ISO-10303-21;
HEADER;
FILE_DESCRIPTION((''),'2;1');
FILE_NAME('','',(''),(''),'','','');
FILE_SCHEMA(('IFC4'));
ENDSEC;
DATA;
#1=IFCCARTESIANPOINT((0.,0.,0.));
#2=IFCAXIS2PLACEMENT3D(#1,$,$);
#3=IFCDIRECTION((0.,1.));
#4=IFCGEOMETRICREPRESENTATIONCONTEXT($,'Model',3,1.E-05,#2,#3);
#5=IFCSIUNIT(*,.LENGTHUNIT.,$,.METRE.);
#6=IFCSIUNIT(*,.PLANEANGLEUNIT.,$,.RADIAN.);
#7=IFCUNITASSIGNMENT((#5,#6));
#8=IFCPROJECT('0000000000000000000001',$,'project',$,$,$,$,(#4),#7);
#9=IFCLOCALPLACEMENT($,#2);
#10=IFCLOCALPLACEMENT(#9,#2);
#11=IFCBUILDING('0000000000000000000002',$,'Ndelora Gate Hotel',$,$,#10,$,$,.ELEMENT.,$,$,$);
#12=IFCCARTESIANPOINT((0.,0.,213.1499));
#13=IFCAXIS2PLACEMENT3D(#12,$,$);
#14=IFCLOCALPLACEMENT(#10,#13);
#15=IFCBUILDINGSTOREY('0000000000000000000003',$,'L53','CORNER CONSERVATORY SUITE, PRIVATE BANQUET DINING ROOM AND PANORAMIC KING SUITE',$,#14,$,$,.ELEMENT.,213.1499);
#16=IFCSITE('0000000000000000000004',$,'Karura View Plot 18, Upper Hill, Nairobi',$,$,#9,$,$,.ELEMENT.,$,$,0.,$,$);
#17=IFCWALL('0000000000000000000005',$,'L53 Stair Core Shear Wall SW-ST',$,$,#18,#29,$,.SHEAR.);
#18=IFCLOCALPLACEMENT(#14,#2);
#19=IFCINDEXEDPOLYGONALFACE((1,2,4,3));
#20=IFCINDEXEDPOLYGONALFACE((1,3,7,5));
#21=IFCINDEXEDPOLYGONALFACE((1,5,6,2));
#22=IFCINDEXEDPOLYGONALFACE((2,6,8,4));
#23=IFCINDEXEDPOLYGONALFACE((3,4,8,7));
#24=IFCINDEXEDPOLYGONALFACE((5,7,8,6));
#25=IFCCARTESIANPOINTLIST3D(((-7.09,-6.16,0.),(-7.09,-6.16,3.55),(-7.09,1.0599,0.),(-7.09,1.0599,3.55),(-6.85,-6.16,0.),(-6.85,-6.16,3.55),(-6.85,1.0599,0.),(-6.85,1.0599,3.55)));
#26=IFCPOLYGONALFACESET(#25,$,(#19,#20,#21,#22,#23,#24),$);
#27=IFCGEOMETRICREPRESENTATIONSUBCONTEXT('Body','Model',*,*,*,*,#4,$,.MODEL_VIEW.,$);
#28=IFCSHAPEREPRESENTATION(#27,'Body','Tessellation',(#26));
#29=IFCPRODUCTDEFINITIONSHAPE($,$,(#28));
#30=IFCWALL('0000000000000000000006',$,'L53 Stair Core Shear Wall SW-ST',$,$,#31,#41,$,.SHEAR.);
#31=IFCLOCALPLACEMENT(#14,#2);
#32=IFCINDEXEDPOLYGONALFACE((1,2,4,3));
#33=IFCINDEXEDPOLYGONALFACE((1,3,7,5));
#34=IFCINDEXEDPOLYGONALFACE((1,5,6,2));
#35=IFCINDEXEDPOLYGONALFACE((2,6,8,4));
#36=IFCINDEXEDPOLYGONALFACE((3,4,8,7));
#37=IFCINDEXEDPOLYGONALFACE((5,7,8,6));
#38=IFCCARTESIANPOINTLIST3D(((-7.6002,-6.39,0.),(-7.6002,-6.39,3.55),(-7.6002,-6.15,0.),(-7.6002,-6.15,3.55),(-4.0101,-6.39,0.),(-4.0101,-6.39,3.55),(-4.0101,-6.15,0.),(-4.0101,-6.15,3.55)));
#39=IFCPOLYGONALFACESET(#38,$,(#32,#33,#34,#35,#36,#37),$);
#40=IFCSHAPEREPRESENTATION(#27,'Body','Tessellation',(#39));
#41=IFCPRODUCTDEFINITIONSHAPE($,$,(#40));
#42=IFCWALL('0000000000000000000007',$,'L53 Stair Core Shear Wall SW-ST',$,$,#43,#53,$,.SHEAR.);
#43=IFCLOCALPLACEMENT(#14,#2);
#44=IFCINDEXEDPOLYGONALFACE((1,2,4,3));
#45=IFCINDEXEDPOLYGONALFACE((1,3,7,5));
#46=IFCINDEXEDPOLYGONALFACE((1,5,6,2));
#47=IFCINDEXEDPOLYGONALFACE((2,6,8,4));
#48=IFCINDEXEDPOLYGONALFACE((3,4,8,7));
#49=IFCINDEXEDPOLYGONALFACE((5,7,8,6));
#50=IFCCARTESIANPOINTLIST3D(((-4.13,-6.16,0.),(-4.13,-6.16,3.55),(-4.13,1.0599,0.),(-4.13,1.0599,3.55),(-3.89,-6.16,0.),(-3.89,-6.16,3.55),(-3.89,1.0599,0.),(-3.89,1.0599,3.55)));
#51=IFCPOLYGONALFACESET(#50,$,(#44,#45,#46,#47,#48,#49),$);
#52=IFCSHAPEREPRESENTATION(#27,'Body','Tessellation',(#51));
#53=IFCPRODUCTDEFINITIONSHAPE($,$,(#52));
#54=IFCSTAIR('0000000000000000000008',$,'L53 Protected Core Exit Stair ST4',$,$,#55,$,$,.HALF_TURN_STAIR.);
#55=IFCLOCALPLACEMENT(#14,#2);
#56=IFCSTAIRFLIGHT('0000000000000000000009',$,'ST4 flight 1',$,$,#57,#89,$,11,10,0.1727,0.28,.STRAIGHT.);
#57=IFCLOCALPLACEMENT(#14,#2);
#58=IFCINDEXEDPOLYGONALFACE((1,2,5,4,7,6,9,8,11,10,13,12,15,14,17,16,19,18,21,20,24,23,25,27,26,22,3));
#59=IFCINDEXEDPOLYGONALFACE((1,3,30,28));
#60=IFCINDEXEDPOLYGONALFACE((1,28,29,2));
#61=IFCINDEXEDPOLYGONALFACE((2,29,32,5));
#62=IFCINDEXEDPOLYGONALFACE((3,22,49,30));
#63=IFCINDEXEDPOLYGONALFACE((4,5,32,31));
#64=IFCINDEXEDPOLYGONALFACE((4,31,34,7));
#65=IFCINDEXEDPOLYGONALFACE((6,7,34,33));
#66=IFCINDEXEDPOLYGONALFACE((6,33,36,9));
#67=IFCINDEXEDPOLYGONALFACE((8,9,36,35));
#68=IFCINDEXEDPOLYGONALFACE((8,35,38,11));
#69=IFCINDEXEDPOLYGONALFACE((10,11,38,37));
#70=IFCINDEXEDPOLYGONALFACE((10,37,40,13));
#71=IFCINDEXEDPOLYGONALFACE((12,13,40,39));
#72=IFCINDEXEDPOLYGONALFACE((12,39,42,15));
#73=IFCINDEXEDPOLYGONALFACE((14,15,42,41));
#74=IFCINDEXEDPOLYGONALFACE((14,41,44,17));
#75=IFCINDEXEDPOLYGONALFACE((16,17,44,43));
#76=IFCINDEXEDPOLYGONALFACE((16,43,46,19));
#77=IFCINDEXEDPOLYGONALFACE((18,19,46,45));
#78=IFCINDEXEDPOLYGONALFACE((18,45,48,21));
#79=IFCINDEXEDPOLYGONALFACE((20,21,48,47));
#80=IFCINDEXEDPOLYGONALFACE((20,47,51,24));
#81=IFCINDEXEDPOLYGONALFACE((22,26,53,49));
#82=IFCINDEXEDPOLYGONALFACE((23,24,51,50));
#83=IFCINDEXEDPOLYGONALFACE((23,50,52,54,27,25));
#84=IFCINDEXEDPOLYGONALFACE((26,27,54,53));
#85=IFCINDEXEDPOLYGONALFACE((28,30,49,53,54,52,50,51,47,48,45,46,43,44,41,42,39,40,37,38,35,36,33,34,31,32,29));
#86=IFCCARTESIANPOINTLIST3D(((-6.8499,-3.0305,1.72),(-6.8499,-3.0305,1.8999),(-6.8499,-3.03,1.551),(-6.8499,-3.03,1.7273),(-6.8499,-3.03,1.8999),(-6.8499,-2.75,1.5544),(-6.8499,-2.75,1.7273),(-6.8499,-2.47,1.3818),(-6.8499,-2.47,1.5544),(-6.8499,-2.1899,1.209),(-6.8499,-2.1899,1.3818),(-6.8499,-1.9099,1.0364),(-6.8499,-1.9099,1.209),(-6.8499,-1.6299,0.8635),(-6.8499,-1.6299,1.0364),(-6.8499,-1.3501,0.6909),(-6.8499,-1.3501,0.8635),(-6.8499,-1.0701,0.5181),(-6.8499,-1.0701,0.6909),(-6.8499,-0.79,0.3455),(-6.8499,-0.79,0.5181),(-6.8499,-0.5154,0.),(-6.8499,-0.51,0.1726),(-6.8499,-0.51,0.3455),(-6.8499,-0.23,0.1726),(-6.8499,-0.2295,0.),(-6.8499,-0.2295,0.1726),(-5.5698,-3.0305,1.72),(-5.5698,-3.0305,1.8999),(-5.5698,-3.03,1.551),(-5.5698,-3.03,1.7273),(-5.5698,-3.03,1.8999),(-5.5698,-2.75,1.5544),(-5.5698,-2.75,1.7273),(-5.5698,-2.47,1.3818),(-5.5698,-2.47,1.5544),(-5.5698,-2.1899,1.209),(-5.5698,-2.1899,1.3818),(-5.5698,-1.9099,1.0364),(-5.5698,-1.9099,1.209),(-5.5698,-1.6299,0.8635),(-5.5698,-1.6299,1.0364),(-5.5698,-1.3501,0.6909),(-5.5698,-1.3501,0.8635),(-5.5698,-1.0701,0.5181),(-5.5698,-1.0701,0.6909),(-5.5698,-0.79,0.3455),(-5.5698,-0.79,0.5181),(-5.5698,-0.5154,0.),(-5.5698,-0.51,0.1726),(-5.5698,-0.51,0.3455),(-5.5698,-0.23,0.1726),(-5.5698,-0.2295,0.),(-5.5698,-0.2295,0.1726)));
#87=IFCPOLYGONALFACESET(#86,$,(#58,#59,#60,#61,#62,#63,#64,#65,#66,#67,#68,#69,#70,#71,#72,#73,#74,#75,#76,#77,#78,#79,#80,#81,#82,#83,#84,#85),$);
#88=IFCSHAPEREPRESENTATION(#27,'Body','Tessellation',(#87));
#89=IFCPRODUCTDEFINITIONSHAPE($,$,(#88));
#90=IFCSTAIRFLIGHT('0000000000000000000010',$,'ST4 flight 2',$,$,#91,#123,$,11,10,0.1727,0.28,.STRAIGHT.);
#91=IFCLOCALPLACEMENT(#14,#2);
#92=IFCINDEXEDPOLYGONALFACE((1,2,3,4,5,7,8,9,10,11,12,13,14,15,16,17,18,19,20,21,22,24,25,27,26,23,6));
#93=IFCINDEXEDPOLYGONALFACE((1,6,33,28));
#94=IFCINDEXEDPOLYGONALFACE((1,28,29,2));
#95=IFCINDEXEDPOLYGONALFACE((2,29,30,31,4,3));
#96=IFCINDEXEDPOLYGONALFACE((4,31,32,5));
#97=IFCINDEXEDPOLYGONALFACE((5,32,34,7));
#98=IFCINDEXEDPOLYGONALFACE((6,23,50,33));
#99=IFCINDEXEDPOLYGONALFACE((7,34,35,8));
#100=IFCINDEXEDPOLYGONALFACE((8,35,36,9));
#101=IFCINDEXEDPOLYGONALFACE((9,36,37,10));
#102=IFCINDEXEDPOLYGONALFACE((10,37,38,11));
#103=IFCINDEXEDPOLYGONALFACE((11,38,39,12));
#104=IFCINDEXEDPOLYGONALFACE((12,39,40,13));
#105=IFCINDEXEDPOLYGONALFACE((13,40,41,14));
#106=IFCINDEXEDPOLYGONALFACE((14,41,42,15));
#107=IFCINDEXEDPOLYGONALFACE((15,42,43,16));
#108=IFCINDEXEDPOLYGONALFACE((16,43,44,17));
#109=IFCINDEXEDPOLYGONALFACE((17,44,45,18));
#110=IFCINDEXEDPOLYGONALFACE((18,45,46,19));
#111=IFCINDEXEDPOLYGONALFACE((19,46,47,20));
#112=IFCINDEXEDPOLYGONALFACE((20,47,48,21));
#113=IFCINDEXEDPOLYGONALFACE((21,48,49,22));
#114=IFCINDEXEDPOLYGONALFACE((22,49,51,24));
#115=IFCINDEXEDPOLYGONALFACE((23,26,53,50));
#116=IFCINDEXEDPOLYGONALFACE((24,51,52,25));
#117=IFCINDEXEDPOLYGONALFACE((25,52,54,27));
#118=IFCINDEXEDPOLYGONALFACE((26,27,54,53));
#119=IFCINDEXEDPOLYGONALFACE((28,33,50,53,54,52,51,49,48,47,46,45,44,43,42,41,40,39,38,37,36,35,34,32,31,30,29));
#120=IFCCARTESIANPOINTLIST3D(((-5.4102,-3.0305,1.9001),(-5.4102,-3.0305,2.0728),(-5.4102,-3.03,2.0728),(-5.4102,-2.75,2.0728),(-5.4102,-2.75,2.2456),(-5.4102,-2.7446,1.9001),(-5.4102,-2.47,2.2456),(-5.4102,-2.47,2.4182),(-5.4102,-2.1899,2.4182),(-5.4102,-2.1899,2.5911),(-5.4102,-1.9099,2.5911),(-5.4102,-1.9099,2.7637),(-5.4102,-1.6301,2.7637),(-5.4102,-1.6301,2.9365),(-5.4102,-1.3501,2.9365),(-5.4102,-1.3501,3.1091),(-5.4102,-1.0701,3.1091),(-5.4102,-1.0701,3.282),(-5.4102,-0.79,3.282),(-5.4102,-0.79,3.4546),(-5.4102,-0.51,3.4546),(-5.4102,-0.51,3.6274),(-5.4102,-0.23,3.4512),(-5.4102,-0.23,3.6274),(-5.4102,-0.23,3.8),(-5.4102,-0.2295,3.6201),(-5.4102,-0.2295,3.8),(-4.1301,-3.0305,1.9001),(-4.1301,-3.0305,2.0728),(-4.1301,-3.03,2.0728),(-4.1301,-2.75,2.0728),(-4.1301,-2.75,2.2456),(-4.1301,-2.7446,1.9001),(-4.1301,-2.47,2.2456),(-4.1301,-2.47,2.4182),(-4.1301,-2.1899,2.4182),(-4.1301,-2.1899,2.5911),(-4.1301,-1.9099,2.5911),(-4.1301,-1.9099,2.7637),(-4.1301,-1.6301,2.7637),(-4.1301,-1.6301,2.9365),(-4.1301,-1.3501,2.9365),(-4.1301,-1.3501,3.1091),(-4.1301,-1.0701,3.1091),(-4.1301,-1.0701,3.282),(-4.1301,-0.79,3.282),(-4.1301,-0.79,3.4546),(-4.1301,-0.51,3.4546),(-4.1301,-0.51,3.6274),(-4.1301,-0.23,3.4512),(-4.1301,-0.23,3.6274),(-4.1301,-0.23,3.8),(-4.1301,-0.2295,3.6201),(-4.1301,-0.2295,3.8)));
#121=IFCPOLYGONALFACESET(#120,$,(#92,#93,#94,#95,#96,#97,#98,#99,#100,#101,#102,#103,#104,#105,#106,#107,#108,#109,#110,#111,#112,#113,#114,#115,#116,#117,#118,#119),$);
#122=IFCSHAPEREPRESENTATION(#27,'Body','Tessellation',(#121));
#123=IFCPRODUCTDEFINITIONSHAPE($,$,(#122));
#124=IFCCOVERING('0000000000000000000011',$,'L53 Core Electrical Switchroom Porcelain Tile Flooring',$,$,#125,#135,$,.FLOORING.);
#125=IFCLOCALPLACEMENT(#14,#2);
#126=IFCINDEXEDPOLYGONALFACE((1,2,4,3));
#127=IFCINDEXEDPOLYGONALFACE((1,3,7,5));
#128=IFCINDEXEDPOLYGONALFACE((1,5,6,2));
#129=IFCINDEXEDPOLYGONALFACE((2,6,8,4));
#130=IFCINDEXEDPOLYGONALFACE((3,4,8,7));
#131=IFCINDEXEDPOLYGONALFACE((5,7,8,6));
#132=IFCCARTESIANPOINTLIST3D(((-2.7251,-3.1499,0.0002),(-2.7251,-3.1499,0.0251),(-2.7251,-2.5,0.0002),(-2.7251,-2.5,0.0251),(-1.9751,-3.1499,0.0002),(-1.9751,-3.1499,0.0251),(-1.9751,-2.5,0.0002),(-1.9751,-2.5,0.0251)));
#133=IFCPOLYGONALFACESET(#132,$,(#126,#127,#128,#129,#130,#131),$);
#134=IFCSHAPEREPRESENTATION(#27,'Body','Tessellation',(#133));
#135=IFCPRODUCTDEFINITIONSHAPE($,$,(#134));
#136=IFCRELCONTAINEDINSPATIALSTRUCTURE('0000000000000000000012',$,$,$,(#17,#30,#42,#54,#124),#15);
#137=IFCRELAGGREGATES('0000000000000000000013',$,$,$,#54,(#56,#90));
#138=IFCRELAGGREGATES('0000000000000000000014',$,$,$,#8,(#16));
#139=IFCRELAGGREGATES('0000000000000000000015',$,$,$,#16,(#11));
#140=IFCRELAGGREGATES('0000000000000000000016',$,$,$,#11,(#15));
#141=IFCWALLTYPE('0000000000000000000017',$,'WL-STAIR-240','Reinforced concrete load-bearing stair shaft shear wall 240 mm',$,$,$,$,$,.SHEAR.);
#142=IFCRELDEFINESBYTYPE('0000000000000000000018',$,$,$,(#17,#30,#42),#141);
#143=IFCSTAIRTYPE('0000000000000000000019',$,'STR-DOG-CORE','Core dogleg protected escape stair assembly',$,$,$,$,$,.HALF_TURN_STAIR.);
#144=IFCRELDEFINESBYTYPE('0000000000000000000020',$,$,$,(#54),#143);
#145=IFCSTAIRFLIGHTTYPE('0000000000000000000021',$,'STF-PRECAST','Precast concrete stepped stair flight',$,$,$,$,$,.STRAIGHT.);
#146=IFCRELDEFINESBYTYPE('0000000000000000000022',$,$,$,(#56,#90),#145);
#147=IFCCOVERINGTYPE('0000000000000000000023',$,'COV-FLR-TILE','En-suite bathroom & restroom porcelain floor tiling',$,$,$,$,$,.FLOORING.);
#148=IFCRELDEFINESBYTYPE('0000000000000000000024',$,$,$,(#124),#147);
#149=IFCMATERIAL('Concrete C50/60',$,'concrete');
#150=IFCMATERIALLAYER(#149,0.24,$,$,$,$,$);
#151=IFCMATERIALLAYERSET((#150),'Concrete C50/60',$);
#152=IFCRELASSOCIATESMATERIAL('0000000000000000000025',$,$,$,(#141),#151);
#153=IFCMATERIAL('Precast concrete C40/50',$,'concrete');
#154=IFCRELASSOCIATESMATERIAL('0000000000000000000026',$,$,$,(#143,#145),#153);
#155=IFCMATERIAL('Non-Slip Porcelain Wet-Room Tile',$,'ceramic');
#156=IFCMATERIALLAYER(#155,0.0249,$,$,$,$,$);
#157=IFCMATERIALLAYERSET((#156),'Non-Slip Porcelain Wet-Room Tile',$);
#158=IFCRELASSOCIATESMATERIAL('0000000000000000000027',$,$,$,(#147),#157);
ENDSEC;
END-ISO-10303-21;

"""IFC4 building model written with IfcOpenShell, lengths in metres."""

from ifc_helpers import new_model, si_unit, direction, frame, frame_2d, origin, origin_2d, place, context, subcontext, project, spatial, polyline, rectangle, outline, extrude, material, layer, layer_set, type_object, element, aggregate, save


model = new_model("IFC4")

# Units and contexts
model_context = context("Model", 3, precision=1e-05, world=origin(), true_north=direction((0.0, 1.0)))
body_context = subcontext(model_context, "Body", "Model", "MODEL_VIEW")
ifc_project = project(units=[si_unit("LENGTHUNIT", "METRE"), si_unit("PLANEANGLEUNIT", "RADIAN")], contexts=[model_context])

# Site, building, storey
site_placement = place(None, origin())
site = spatial("IfcSite", under=ifc_project, at=site_placement, Name="Karura View Plot 18, Upper Hill, Nairobi", CompositionType="ELEMENT", RefElevation=0.0)
building_placement = place(site_placement, origin())
building = spatial("IfcBuilding", under=site, at=building_placement, Name="Ndelora Gate Hotel", CompositionType="ELEMENT")
storey_placement = place(building_placement, frame((0.0, 0.0, 213.1499)))
storey = spatial("IfcBuildingStorey", under=building, at=storey_placement, Name="L53", Description="CORNER CONSERVATORY SUITE, PRIVATE BANQUET DINING ROOM AND PANORAMIC KING SUITE", CompositionType="ELEMENT", Elevation=213.1499)

# Shared definitions
ifc_material_1 = material(Name="Concrete C50/60", Category="concrete")

# Walls
ifc_layer_1 = layer(ifc_material_1, 0.24)
ifc_layer_set_1 = layer_set([ifc_layer_1], Name="Concrete C50/60")
wall_type_1 = type_object("IfcWallType", Name="WL-STAIR-240", Description="Reinforced concrete load-bearing stair shaft shear wall 240 mm", PredefinedType="SHEAR", material=ifc_layer_set_1)
wall_1_placement = place(storey_placement, frame((-6.97, -6.1599, 0.0), z_axis=(0.0, 0.0, 1.0), x_axis=(0.0, 1.0, 0.0)))
element("IfcWall", 1, at=wall_1_placement, inside=storey, type_object=wall_type_1, Name="L53 Stair Core Shear Wall SW-ST", PredefinedType="SHEAR", context=body_context, shape_type="SweptSolid", body=[
    extrude(rectangle(XDim=7.22, YDim=0.24, at=frame_2d((3.6099, 0.0))), origin(), (0.0, 0.0, 1.0), 3.55),
])
wall_2_placement = place(storey_placement, frame((-7.6001, -6.27, 0.0), z_axis=(0.0, 0.0, 1.0), x_axis=(1.0, 0.0, 0.0)))
element("IfcWall", 2, at=wall_2_placement, inside=storey, type_object=wall_type_1, Name="L53 Stair Core Shear Wall SW-ST", PredefinedType="SHEAR", context=body_context, shape_type="SweptSolid", body=[
    extrude(rectangle(XDim=3.5901, YDim=0.24, at=frame_2d((1.7949, 0.0))), origin(), (0.0, 0.0, 1.0), 3.55),
])
wall_3_placement = place(storey_placement, frame((-4.01, -6.1599, 0.0), z_axis=(0.0, 0.0, 1.0), x_axis=(0.0, 1.0, 0.0)))
element("IfcWall", 3, at=wall_3_placement, inside=storey, type_object=wall_type_1, Name="L53 Stair Core Shear Wall SW-ST", PredefinedType="SHEAR", context=body_context, shape_type="SweptSolid", body=[
    extrude(rectangle(XDim=7.22, YDim=0.24, at=frame_2d((3.6099, 0.0))), origin(), (0.0, 0.0, 1.0), 3.55),
])

# Stair, stair flights
ifc_material_2 = material(Name="Precast concrete C40/50", Category="concrete")
stair_type = type_object("IfcStairType", Name="STR-DOG-CORE", Description="Core dogleg protected escape stair assembly", PredefinedType="HALF_TURN_STAIR", material=ifc_material_2)
stair_placement = place(storey_placement, origin())
stair = element("IfcStair", 4, at=stair_placement, inside=storey, type_object=stair_type, Name="L53 Protected Core Exit Stair ST4", PredefinedType="HALF_TURN_STAIR")
stair_flight_type = type_object("IfcStairFlightType", Name="STF-PRECAST", Description="Precast concrete stepped stair flight", PredefinedType="STRAIGHT", material=ifc_material_2)
stair_flight_1_placement = place(storey_placement, frame((-6.21, -0.23, 0.0), z_axis=(0.0, 0.0, 1.0), x_axis=(0.0, -1.0, 0.0)))
stair_flight_1 = element("IfcStairFlight", 5, at=stair_flight_1_placement, type_object=stair_flight_type, Name="ST4 flight 1", NumberOfRisers=11, NumberOfTreads=10, PredefinedType="STRAIGHT", RiserHeight=0.1727, TreadLength=0.28, context=body_context, shape_type="SweptSolid", body=[
    extrude(outline(polyline([(-0.0005, 0.0), (-0.0005, 0.1726), (0.0, 0.1726), (0.28, 0.1726), (0.28, 0.3455), (0.5601, 0.3455), (0.5601, 0.5181), (0.8401, 0.5181), (0.8401, 0.6909), (1.1201, 0.6909), (1.1201, 0.8635), (1.3999, 0.8635), (1.3999, 1.0364), (1.6799, 1.0364), (1.6799, 1.209), (1.96, 1.209), (1.96, 1.3818), (2.24, 1.3818), (2.24, 1.5544), (2.52, 1.5544), (2.52, 1.7273), (2.8, 1.7273), (2.8, 1.8999), (2.8005, 1.8999), (2.8005, 1.72), (2.8, 1.551), (0.2854, 0.0), (-0.0005, 0.0)])), frame((0.0, 0.6401, 0.0), z_axis=(0.0, -1.0, 0.0), x_axis=(1.0, 0.0, 0.0)), (0.0, 0.0, 1.0), 1.28),
])
stair_flight_2_placement = place(storey_placement, frame((-4.77, -3.03, 1.9001), z_axis=(0.0, 0.0, 1.0), x_axis=(0.0, 1.0, 0.0)))
stair_flight_2 = element("IfcStairFlight", 6, at=stair_flight_2_placement, type_object=stair_flight_type, Name="ST4 flight 2", NumberOfRisers=11, NumberOfTreads=10, PredefinedType="STRAIGHT", RiserHeight=0.1727, TreadLength=0.28, context=body_context, shape_type="SweptSolid", body=[
    extrude(outline(polyline([(-0.0005, 0.0), (-0.0005, 0.1726), (0.0, 0.1726), (0.28, 0.1726), (0.28, 0.3455), (0.5601, 0.3455), (0.5601, 0.5181), (0.8401, 0.5181), (0.8401, 0.6909), (1.1201, 0.6909), (1.1201, 0.8635), (1.3999, 0.8635), (1.3999, 1.0364), (1.6799, 1.0364), (1.6799, 1.209), (1.96, 1.209), (1.96, 1.3818), (2.24, 1.3818), (2.24, 1.5544), (2.52, 1.5544), (2.52, 1.7273), (2.8, 1.7273), (2.8, 1.8999), (2.8005, 1.8999), (2.8005, 1.72), (2.8, 1.551), (0.2854, 0.0), (-0.0005, 0.0)])), frame((0.0, 0.6401, 0.0), z_axis=(0.0, -1.0, 0.0), x_axis=(1.0, 0.0, 0.0)), (0.0, 0.0, 1.0), 1.28),
])
aggregate(stair, [stair_flight_1, stair_flight_2])

# Covering
ifc_material_3 = material(Name="Non-Slip Porcelain Wet-Room Tile", Category="ceramic")
ifc_layer_2 = layer(ifc_material_3, 0.0249)
ifc_layer_set_2 = layer_set([ifc_layer_2], Name="Non-Slip Porcelain Wet-Room Tile")
covering_type = type_object("IfcCoveringType", Name="COV-FLR-TILE", Description="En-suite bathroom & restroom porcelain floor tiling", PredefinedType="FLOORING", material=ifc_layer_set_2)
covering_placement = place(storey_placement, frame((-2.3501, -2.825, 0.0002), z_axis=(0.0, 0.0, 1.0), x_axis=(1.0, 0.0, 0.0)))
element("IfcCovering", 7, at=covering_placement, inside=storey, type_object=covering_type, Name="L53 Core Electrical Switchroom Porcelain Tile Flooring", PredefinedType="FLOORING", context=body_context, shape_type="SweptSolid", body=[
    extrude(rectangle(XDim=0.75, YDim=0.6499, at=origin_2d()), origin(), (0.0, 0.0, 1.0), 0.0249),
])

save(model, "model.ifc")
